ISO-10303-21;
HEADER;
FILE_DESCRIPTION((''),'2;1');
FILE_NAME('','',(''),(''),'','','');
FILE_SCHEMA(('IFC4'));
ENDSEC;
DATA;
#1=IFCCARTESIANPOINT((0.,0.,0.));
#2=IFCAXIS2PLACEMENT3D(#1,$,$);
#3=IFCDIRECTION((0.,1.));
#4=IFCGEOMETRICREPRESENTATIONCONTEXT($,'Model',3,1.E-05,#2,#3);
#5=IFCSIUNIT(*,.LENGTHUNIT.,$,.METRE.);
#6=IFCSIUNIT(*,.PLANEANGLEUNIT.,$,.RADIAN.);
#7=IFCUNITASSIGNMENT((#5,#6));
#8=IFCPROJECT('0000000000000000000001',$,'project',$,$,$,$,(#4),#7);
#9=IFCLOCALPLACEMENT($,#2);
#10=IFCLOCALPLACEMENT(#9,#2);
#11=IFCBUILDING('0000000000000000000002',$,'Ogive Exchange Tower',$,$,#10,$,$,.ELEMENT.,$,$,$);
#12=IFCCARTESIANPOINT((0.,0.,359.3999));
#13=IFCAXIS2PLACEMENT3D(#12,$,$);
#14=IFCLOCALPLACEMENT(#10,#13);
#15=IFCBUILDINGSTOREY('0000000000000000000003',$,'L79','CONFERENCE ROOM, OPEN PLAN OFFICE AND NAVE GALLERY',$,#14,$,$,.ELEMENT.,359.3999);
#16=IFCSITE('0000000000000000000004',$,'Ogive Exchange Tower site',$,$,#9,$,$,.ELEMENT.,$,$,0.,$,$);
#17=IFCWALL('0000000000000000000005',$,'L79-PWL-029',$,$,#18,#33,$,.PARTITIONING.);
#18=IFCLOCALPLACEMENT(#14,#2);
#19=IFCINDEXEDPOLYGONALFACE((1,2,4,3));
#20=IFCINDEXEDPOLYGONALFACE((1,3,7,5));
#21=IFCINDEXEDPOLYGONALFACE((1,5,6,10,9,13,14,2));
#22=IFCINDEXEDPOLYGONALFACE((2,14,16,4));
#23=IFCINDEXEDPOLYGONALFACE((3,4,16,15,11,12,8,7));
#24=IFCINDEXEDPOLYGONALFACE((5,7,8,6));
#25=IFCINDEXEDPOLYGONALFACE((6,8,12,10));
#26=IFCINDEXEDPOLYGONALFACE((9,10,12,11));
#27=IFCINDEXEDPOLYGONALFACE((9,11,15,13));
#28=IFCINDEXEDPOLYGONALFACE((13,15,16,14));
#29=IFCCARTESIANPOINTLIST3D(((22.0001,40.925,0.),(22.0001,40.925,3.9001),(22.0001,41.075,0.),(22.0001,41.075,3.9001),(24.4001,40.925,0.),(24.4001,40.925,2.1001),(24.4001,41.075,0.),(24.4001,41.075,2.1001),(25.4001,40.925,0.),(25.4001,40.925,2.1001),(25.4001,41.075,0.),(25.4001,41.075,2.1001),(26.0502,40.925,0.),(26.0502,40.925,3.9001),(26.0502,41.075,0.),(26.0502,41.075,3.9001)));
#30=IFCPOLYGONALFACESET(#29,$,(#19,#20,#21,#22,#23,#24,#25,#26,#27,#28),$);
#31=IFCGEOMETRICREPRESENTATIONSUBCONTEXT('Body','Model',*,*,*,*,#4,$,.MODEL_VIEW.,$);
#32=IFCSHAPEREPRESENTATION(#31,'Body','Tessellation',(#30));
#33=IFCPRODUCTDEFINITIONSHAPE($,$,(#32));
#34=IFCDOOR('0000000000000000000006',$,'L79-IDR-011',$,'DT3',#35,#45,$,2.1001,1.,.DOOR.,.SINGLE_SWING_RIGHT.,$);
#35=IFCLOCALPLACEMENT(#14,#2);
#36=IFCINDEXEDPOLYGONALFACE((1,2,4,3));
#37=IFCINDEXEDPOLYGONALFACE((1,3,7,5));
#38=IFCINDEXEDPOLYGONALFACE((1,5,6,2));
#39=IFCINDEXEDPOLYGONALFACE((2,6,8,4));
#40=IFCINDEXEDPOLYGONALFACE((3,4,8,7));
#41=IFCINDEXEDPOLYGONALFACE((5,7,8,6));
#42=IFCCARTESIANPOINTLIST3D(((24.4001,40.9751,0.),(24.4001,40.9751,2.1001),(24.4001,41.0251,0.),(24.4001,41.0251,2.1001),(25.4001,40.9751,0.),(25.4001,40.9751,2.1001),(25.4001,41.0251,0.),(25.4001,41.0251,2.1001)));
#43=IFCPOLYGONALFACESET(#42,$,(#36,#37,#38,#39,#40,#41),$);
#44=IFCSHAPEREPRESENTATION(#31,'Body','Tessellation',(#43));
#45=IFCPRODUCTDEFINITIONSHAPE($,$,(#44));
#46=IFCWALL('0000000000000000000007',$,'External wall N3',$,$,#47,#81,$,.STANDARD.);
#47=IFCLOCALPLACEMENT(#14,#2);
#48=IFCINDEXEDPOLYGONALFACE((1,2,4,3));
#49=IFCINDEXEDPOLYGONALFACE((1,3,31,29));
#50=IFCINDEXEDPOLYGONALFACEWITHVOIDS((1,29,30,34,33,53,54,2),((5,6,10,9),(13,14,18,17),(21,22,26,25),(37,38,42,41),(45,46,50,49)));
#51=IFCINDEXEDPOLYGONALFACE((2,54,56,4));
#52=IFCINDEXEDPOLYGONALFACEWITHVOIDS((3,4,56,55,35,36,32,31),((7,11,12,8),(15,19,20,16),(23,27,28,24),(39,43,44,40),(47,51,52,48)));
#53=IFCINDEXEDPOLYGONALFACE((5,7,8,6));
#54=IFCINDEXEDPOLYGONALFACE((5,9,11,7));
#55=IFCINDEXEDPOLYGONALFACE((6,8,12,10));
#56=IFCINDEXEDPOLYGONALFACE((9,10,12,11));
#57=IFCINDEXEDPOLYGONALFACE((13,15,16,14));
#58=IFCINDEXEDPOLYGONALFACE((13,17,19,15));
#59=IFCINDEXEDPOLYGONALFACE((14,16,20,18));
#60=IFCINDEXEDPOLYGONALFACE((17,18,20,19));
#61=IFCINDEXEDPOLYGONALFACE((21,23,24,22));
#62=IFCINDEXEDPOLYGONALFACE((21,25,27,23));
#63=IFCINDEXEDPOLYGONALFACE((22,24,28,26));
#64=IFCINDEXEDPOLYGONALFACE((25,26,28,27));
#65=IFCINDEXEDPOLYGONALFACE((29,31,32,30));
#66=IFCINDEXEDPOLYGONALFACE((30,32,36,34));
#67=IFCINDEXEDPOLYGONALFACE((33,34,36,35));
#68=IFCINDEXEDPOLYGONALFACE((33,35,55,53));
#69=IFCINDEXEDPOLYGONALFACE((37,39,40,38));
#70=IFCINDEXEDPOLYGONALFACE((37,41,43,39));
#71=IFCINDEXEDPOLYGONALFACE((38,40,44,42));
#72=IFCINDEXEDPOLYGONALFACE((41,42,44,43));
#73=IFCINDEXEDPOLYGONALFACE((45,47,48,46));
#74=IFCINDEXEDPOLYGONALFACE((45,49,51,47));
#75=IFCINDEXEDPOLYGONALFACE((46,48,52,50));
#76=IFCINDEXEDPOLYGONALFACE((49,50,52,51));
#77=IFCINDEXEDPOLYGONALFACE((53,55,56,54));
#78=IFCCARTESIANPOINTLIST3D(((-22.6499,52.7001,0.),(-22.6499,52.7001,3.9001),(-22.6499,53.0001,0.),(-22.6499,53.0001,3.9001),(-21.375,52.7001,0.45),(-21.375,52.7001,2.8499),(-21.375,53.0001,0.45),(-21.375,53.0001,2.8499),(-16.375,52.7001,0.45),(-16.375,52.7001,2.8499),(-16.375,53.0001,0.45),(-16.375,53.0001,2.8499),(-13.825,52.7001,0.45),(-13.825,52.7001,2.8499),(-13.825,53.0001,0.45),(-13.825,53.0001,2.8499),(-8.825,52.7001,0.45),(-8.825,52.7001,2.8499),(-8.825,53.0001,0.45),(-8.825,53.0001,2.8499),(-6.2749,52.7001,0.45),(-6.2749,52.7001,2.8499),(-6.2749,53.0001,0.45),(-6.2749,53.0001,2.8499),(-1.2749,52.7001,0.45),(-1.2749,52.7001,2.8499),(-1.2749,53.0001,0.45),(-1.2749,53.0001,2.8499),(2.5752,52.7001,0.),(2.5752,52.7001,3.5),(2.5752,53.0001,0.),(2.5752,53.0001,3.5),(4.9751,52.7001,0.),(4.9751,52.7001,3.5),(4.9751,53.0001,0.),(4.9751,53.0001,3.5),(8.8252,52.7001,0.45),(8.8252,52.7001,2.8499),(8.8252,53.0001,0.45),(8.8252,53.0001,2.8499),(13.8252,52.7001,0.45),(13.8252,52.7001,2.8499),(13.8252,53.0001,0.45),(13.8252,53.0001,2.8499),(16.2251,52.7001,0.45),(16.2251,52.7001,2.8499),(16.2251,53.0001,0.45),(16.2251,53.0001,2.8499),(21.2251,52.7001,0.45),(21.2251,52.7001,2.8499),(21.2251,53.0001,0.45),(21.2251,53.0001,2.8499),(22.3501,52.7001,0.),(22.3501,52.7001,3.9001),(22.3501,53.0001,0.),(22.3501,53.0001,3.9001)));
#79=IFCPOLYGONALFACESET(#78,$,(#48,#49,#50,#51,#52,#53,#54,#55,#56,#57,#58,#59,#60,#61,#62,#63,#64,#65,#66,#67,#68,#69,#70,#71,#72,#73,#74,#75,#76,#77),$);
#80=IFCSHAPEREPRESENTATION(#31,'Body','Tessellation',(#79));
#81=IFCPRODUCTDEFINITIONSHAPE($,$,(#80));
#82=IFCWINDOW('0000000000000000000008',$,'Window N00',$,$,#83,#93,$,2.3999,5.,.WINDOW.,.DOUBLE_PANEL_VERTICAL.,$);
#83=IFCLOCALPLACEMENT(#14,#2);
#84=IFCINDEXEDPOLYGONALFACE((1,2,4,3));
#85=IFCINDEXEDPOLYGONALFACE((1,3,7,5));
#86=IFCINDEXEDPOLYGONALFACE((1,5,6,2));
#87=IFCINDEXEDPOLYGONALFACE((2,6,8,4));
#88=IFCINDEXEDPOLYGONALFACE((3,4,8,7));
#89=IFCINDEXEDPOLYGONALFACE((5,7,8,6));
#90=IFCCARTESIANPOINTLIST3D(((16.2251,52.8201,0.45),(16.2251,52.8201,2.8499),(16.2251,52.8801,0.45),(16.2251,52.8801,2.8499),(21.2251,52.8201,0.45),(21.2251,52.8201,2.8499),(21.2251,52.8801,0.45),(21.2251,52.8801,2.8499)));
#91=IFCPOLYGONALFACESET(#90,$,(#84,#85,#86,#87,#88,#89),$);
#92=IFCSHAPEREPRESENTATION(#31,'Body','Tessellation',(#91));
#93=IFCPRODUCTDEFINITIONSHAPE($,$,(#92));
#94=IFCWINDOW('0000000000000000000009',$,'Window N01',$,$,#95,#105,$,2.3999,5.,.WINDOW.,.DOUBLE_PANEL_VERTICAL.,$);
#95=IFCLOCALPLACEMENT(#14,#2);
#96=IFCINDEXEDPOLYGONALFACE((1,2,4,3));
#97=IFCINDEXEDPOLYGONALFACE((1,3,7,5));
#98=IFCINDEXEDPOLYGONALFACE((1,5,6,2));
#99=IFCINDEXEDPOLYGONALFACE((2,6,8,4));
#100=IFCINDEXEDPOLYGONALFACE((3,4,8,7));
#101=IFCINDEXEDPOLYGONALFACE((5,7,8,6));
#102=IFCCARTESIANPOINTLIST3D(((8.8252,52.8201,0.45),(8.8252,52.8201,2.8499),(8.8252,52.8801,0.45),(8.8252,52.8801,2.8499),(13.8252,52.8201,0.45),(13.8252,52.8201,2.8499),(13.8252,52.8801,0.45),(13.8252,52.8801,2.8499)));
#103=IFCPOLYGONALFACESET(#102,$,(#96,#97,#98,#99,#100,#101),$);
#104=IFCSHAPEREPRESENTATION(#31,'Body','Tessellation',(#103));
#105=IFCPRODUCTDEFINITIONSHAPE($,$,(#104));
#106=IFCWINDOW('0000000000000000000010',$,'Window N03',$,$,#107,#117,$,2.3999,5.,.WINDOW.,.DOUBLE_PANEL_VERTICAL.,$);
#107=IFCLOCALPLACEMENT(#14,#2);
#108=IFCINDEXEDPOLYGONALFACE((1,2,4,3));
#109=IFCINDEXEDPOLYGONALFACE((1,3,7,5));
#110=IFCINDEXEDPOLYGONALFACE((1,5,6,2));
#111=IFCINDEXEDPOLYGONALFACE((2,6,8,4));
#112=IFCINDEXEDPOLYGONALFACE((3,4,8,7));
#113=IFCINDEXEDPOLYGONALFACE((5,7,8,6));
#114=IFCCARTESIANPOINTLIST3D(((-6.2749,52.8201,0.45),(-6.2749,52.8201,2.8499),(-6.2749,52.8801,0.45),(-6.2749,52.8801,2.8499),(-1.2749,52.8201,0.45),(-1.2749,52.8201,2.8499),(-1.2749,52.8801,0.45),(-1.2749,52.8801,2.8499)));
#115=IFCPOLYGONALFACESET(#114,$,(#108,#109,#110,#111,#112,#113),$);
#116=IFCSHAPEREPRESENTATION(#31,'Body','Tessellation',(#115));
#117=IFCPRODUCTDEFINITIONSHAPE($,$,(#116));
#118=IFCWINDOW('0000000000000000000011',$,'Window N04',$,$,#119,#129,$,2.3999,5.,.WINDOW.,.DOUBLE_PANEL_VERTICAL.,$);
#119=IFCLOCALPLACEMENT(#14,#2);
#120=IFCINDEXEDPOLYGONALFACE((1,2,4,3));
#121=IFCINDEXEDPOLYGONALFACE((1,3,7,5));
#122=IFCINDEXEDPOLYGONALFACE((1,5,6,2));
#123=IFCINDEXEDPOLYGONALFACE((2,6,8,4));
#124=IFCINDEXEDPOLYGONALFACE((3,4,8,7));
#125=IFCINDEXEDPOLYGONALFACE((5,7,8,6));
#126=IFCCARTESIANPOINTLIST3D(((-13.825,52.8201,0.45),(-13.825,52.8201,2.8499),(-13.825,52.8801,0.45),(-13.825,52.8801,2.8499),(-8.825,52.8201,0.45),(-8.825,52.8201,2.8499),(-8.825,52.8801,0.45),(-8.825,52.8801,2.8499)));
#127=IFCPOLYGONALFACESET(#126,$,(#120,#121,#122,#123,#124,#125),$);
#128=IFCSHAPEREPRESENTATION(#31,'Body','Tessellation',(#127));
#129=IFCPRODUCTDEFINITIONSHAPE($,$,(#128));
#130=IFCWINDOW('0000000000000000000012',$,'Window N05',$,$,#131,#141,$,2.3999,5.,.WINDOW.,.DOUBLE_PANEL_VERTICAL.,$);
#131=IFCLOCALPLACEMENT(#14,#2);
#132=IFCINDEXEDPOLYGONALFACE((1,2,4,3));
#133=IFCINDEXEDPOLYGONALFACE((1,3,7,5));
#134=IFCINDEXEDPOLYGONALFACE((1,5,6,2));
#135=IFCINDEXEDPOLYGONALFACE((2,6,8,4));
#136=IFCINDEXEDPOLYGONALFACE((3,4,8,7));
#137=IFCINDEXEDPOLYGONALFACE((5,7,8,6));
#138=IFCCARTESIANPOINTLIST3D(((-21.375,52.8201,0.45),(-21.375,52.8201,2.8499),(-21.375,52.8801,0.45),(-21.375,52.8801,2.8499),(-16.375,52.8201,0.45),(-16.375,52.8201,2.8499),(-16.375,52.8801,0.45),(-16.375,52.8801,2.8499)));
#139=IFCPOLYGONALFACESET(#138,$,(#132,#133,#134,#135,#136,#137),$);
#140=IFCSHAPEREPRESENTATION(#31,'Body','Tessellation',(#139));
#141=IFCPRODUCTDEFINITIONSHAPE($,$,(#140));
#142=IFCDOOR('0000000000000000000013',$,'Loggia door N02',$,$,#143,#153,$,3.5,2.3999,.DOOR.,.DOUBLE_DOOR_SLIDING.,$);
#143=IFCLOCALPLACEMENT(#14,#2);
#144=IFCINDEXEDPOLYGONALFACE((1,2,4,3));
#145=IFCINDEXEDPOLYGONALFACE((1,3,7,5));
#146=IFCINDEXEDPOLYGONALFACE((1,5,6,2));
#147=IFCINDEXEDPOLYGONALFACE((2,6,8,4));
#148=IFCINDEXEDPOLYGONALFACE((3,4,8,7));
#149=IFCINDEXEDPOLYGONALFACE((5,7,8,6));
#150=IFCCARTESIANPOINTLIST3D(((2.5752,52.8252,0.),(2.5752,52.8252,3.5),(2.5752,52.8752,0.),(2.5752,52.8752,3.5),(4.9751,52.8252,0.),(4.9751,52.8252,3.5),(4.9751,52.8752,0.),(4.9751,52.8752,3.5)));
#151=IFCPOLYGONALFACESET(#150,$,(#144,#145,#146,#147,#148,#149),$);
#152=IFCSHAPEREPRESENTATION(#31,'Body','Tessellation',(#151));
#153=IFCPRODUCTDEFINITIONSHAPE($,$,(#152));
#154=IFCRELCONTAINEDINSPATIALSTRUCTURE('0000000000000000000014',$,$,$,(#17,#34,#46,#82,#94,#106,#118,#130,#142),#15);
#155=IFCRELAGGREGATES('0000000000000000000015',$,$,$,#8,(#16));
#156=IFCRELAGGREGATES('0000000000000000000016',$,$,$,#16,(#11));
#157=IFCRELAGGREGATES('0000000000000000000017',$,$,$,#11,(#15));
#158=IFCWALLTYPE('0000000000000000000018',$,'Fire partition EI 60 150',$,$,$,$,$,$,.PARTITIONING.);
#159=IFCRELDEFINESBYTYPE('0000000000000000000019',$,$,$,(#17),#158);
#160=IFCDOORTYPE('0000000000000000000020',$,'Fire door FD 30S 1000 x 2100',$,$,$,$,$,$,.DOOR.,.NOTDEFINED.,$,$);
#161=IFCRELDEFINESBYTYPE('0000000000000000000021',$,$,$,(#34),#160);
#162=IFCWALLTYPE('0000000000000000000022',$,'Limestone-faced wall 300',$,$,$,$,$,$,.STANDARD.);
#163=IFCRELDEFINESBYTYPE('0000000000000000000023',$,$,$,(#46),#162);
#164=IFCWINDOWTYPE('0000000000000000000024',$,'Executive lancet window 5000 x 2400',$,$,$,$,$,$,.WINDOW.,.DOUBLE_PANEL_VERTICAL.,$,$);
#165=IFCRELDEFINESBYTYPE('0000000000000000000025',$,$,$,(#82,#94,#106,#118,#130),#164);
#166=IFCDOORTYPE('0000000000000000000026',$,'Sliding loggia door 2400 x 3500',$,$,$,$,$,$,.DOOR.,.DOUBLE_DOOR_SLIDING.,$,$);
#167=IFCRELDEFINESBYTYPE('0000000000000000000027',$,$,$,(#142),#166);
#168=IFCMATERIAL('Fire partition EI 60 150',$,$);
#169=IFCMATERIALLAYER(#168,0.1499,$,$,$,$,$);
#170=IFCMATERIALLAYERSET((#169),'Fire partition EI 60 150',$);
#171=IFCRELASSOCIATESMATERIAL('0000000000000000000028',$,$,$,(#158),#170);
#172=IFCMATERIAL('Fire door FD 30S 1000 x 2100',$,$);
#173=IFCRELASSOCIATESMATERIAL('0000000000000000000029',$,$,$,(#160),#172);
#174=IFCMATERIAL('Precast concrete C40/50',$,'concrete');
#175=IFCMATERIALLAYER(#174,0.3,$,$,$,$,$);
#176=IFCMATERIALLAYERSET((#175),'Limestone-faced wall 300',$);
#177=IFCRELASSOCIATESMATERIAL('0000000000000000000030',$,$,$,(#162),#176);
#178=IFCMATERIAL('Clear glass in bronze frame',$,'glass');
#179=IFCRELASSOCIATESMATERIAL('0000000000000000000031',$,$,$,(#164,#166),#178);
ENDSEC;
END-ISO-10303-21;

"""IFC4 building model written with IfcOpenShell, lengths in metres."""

from ifc_helpers import new_model, si_unit, direction, frame, frame_2d, origin, place, context, subcontext, project, spatial, rectangle, extrude, material, layer, layer_set, type_object, element, fill, save


model = new_model("IFC4")

# Units and contexts
model_context = context("Model", 3, precision=1e-05, world=origin(), true_north=direction((0.0, 1.0)))
body_context = subcontext(model_context, "Body", "Model", "MODEL_VIEW")
ifc_project = project(units=[si_unit("LENGTHUNIT", "METRE"), si_unit("PLANEANGLEUNIT", "RADIAN")], contexts=[model_context])

# Site, building, storey
site_placement = place(None, origin())
site = spatial("IfcSite", under=ifc_project, at=site_placement, Name="Ogive Exchange Tower site", CompositionType="ELEMENT", RefElevation=0.0)
building_placement = place(site_placement, origin())
building = spatial("IfcBuilding", under=site, at=building_placement, Name="Ogive Exchange Tower", CompositionType="ELEMENT")
storey_placement = place(building_placement, frame((0.0, 0.0, 359.3999)))
storey = spatial("IfcBuildingStorey", under=building, at=storey_placement, Name="L79", Description="CONFERENCE ROOM, OPEN PLAN OFFICE AND NAVE GALLERY", CompositionType="ELEMENT", Elevation=359.3999)

# Wall, opening, door
ifc_material_1 = material(Name="Fire partition EI 60 150")
ifc_layer_1 = layer(ifc_material_1, 0.1499)
ifc_layer_set_1 = layer_set([ifc_layer_1], Name="Fire partition EI 60 150")
wall_type_1 = type_object("IfcWallType", Name="Fire partition EI 60 150", PredefinedType="PARTITIONING", material=ifc_layer_set_1)
ifc_material_2 = material(Name="Fire door FD 30S 1000 x 2100")
door_type_1 = type_object("IfcDoorType", Name="Fire door FD 30S 1000 x 2100", OperationType="NOTDEFINED", PredefinedType="DOOR", material=ifc_material_2)
wall_1_placement = place(storey_placement, frame((26.05, 41.0, 0.0), z_axis=(0.0, 0.0, 1.0), x_axis=(-1.0, 0.0, 0.0)))
wall_1 = element("IfcWall", 1, at=wall_1_placement, inside=storey, type_object=wall_type_1, Name="L79-PWL-029", PredefinedType="PARTITIONING", context=body_context, shape_type="SweptSolid", body=[
    extrude(rectangle(XDim=4.05, YDim=0.1499, at=frame_2d((2.0249, 0.0))), origin(), (0.0, 0.0, 1.0), 3.9001),
])
opening_1_placement = place(wall_1_placement, frame((0.6499, 0.0, 0.0)))
opening_1 = element("IfcOpeningElement", 2, at=opening_1_placement, cuts=wall_1, PredefinedType="OPENING", context=body_context, shape_type="SweptSolid", body=[
    extrude(rectangle(XDim=1.0, YDim=2.1001, at=frame_2d((0.5, 1.05))), frame((0.0, 0.085, 0.0), z_axis=(0.0, -1.0, 0.0), x_axis=(1.0, 0.0, 0.0)), (0.0, 0.0, 1.0), 0.1699),
])
door_1_placement = place(opening_1_placement, origin())
door_1 = element("IfcDoor", 3, at=door_1_placement, inside=storey, type_object=door_type_1, Name="L79-IDR-011", ObjectType="DT3", OperationType="SINGLE_SWING_RIGHT", OverallHeight=2.1001, OverallWidth=1.0, PredefinedType="DOOR", context=body_context, shape_type="SweptSolid", body=[
    extrude(rectangle(XDim=1.0, YDim=2.1001, at=frame_2d((0.5, 1.05))), frame((0.0, 0.0249, 0.0), z_axis=(0.0, -1.0, 0.0), x_axis=(1.0, 0.0, 0.0)), (0.0, 0.0, 1.0), 0.05),
])
fill(opening_1, door_1)

# Wall, openings, windows, door
ifc_material_3 = material(Name="Precast concrete C40/50", Category="concrete")
ifc_layer_2 = layer(ifc_material_3, 0.3)
ifc_layer_set_2 = layer_set([ifc_layer_2], Name="Limestone-faced wall 300")
wall_type_2 = type_object("IfcWallType", Name="Limestone-faced wall 300", PredefinedType="STANDARD", material=ifc_layer_set_2)
wall_2_placement = place(storey_placement, frame((22.3501, 52.8501, 0.0), z_axis=(0.0, 0.0, 1.0), x_axis=(-1.0, 0.0, 0.0)))
wall_2 = element("IfcWall", 4, at=wall_2_placement, inside=storey, type_object=wall_type_2, Name="External wall N3", PredefinedType="STANDARD", context=body_context, shape_type="SweptSolid", body=[
    extrude(rectangle(XDim=45.0, YDim=0.3, at=frame_2d((22.5, 0.0))), origin(), (0.0, 0.0, 1.0), 3.9001),
])
opening_2_placement = place(wall_2_placement, frame((1.125, 0.0, 0.45)))
opening_2 = element("IfcOpeningElement", 5, at=opening_2_placement, cuts=wall_2, PredefinedType="OPENING", context=body_context, shape_type="SweptSolid", body=[
    extrude(rectangle(XDim=5.0, YDim=2.3999, at=frame_2d((2.5, 1.2))), frame((0.0, 0.1599, 0.0), z_axis=(0.0, -1.0, 0.0), x_axis=(1.0, 0.0, 0.0)), (0.0, 0.0, 1.0), 0.3201),
])
opening_3_placement = place(wall_2_placement, frame((8.5249, 0.0, 0.45)))
opening_3 = element("IfcOpeningElement", 6, at=opening_3_placement, cuts=wall_2, PredefinedType="OPENING", context=body_context, shape_type="SweptSolid", body=[
    extrude(rectangle(XDim=5.0, YDim=2.3999, at=frame_2d((2.5, 1.2))), frame((0.0, 0.1599, 0.0), z_axis=(0.0, -1.0, 0.0), x_axis=(1.0, 0.0, 0.0)), (0.0, 0.0, 1.0), 0.3201),
])
opening_4_placement = place(wall_2_placement, frame((17.375, 0.0, 0.0)))
opening_4 = element("IfcOpeningElement", 7, at=opening_4_placement, cuts=wall_2, PredefinedType="OPENING", context=body_context, shape_type="SweptSolid", body=[
    extrude(rectangle(XDim=2.3999, YDim=3.5, at=frame_2d((1.2, 1.75))), frame((0.0, 0.1599, 0.0), z_axis=(0.0, -1.0, 0.0), x_axis=(1.0, 0.0, 0.0)), (0.0, 0.0, 1.0), 0.3201),
])
opening_5_placement = place(wall_2_placement, frame((23.625, 0.0, 0.45)))
opening_5 = element("IfcOpeningElement", 8, at=opening_5_placement, cuts=wall_2, PredefinedType="OPENING", context=body_context, shape_type="SweptSolid", body=[
    extrude(rectangle(XDim=5.0, YDim=2.3999, at=frame_2d((2.5, 1.2))), frame((0.0, 0.1599, 0.0), z_axis=(0.0, -1.0, 0.0), x_axis=(1.0, 0.0, 0.0)), (0.0, 0.0, 1.0), 0.3201),
])
opening_6_placement = place(wall_2_placement, frame((31.175, 0.0, 0.45)))
opening_6 = element("IfcOpeningElement", 9, at=opening_6_placement, cuts=wall_2, PredefinedType="OPENING", context=body_context, shape_type="SweptSolid", body=[
    extrude(rectangle(XDim=5.0, YDim=2.3999, at=frame_2d((2.5, 1.2))), frame((0.0, 0.1599, 0.0), z_axis=(0.0, -1.0, 0.0), x_axis=(1.0, 0.0, 0.0)), (0.0, 0.0, 1.0), 0.3201),
])
opening_7_placement = place(wall_2_placement, frame((38.7251, 0.0, 0.45)))
opening_7 = element("IfcOpeningElement", 10, at=opening_7_placement, cuts=wall_2, PredefinedType="OPENING", context=body_context, shape_type="SweptSolid", body=[
    extrude(rectangle(XDim=5.0, YDim=2.3999, at=frame_2d((2.5, 1.2))), frame((0.0, 0.1599, 0.0), z_axis=(0.0, -1.0, 0.0), x_axis=(1.0, 0.0, 0.0)), (0.0, 0.0, 1.0), 0.3201),
])
ifc_material_4 = material(Name="Clear glass in bronze frame", Category="glass")
window_type = type_object("IfcWindowType", Name="Executive lancet window 5000 x 2400", PartitioningType="DOUBLE_PANEL_VERTICAL", PredefinedType="WINDOW", material=ifc_material_4)
window_1_placement = place(opening_2_placement, origin())
window_1 = element("IfcWindow", 11, at=window_1_placement, inside=storey, type_object=window_type, Name="Window N00", OverallHeight=2.3999, OverallWidth=5.0, PartitioningType="DOUBLE_PANEL_VERTICAL", PredefinedType="WINDOW", context=body_context, shape_type="SweptSolid", body=[
    extrude(rectangle(XDim=5.0, YDim=2.3999, at=frame_2d((2.5, 1.2))), frame((0.0, 0.03, 0.0), z_axis=(0.0, -1.0, 0.0), x_axis=(1.0, 0.0, 0.0)), (0.0, 0.0, 1.0), 0.0601),
])
fill(opening_2, window_1)
window_2_placement = place(opening_3_placement, origin())
window_2 = element("IfcWindow", 12, at=window_2_placement, inside=storey, type_object=window_type, Name="Window N01", OverallHeight=2.3999, OverallWidth=5.0, PartitioningType="DOUBLE_PANEL_VERTICAL", PredefinedType="WINDOW", context=body_context, shape_type="SweptSolid", body=[
    extrude(rectangle(XDim=5.0, YDim=2.3999, at=frame_2d((2.5, 1.2))), frame((0.0, 0.03, 0.0), z_axis=(0.0, -1.0, 0.0), x_axis=(1.0, 0.0, 0.0)), (0.0, 0.0, 1.0), 0.0601),
])
fill(opening_3, window_2)
window_3_placement = place(opening_5_placement, origin())
window_3 = element("IfcWindow", 13, at=window_3_placement, inside=storey, type_object=window_type, Name="Window N03", OverallHeight=2.3999, OverallWidth=5.0, PartitioningType="DOUBLE_PANEL_VERTICAL", PredefinedType="WINDOW", context=body_context, shape_type="SweptSolid", body=[
    extrude(rectangle(XDim=5.0, YDim=2.3999, at=frame_2d((2.5, 1.2))), frame((0.0, 0.03, 0.0), z_axis=(0.0, -1.0, 0.0), x_axis=(1.0, 0.0, 0.0)), (0.0, 0.0, 1.0), 0.0601),
])
fill(opening_5, window_3)
window_4_placement = place(opening_6_placement, origin())
window_4 = element("IfcWindow", 14, at=window_4_placement, inside=storey, type_object=window_type, Name="Window N04", OverallHeight=2.3999, OverallWidth=5.0, PartitioningType="DOUBLE_PANEL_VERTICAL", PredefinedType="WINDOW", context=body_context, shape_type="SweptSolid", body=[
    extrude(rectangle(XDim=5.0, YDim=2.3999, at=frame_2d((2.5, 1.2))), frame((0.0, 0.03, 0.0), z_axis=(0.0, -1.0, 0.0), x_axis=(1.0, 0.0, 0.0)), (0.0, 0.0, 1.0), 0.0601),
])
fill(opening_6, window_4)
window_5_placement = place(opening_7_placement, origin())
window_5 = element("IfcWindow", 15, at=window_5_placement, inside=storey, type_object=window_type, Name="Window N05", OverallHeight=2.3999, OverallWidth=5.0, PartitioningType="DOUBLE_PANEL_VERTICAL", PredefinedType="WINDOW", context=body_context, shape_type="SweptSolid", body=[
    extrude(rectangle(XDim=5.0, YDim=2.3999, at=frame_2d((2.5, 1.2))), frame((0.0, 0.03, 0.0), z_axis=(0.0, -1.0, 0.0), x_axis=(1.0, 0.0, 0.0)), (0.0, 0.0, 1.0), 0.0601),
])
fill(opening_7, window_5)
door_type_2 = type_object("IfcDoorType", Name="Sliding loggia door 2400 x 3500", OperationType="DOUBLE_DOOR_SLIDING", PredefinedType="DOOR", material=ifc_material_4)
door_2_placement = place(opening_4_placement, origin())
door_2 = element("IfcDoor", 16, at=door_2_placement, inside=storey, type_object=door_type_2, Name="Loggia door N02", OperationType="DOUBLE_DOOR_SLIDING", OverallHeight=3.5, OverallWidth=2.3999, PredefinedType="DOOR", context=body_context, shape_type="SweptSolid", body=[
    extrude(rectangle(XDim=2.3999, YDim=3.5, at=frame_2d((1.2, 1.75))), frame((0.0, 0.0249, 0.0), z_axis=(0.0, -1.0, 0.0), x_axis=(1.0, 0.0, 0.0)), (0.0, 0.0, 1.0), 0.05),
])
fill(opening_4, door_2)

save(model, "model.ifc")
